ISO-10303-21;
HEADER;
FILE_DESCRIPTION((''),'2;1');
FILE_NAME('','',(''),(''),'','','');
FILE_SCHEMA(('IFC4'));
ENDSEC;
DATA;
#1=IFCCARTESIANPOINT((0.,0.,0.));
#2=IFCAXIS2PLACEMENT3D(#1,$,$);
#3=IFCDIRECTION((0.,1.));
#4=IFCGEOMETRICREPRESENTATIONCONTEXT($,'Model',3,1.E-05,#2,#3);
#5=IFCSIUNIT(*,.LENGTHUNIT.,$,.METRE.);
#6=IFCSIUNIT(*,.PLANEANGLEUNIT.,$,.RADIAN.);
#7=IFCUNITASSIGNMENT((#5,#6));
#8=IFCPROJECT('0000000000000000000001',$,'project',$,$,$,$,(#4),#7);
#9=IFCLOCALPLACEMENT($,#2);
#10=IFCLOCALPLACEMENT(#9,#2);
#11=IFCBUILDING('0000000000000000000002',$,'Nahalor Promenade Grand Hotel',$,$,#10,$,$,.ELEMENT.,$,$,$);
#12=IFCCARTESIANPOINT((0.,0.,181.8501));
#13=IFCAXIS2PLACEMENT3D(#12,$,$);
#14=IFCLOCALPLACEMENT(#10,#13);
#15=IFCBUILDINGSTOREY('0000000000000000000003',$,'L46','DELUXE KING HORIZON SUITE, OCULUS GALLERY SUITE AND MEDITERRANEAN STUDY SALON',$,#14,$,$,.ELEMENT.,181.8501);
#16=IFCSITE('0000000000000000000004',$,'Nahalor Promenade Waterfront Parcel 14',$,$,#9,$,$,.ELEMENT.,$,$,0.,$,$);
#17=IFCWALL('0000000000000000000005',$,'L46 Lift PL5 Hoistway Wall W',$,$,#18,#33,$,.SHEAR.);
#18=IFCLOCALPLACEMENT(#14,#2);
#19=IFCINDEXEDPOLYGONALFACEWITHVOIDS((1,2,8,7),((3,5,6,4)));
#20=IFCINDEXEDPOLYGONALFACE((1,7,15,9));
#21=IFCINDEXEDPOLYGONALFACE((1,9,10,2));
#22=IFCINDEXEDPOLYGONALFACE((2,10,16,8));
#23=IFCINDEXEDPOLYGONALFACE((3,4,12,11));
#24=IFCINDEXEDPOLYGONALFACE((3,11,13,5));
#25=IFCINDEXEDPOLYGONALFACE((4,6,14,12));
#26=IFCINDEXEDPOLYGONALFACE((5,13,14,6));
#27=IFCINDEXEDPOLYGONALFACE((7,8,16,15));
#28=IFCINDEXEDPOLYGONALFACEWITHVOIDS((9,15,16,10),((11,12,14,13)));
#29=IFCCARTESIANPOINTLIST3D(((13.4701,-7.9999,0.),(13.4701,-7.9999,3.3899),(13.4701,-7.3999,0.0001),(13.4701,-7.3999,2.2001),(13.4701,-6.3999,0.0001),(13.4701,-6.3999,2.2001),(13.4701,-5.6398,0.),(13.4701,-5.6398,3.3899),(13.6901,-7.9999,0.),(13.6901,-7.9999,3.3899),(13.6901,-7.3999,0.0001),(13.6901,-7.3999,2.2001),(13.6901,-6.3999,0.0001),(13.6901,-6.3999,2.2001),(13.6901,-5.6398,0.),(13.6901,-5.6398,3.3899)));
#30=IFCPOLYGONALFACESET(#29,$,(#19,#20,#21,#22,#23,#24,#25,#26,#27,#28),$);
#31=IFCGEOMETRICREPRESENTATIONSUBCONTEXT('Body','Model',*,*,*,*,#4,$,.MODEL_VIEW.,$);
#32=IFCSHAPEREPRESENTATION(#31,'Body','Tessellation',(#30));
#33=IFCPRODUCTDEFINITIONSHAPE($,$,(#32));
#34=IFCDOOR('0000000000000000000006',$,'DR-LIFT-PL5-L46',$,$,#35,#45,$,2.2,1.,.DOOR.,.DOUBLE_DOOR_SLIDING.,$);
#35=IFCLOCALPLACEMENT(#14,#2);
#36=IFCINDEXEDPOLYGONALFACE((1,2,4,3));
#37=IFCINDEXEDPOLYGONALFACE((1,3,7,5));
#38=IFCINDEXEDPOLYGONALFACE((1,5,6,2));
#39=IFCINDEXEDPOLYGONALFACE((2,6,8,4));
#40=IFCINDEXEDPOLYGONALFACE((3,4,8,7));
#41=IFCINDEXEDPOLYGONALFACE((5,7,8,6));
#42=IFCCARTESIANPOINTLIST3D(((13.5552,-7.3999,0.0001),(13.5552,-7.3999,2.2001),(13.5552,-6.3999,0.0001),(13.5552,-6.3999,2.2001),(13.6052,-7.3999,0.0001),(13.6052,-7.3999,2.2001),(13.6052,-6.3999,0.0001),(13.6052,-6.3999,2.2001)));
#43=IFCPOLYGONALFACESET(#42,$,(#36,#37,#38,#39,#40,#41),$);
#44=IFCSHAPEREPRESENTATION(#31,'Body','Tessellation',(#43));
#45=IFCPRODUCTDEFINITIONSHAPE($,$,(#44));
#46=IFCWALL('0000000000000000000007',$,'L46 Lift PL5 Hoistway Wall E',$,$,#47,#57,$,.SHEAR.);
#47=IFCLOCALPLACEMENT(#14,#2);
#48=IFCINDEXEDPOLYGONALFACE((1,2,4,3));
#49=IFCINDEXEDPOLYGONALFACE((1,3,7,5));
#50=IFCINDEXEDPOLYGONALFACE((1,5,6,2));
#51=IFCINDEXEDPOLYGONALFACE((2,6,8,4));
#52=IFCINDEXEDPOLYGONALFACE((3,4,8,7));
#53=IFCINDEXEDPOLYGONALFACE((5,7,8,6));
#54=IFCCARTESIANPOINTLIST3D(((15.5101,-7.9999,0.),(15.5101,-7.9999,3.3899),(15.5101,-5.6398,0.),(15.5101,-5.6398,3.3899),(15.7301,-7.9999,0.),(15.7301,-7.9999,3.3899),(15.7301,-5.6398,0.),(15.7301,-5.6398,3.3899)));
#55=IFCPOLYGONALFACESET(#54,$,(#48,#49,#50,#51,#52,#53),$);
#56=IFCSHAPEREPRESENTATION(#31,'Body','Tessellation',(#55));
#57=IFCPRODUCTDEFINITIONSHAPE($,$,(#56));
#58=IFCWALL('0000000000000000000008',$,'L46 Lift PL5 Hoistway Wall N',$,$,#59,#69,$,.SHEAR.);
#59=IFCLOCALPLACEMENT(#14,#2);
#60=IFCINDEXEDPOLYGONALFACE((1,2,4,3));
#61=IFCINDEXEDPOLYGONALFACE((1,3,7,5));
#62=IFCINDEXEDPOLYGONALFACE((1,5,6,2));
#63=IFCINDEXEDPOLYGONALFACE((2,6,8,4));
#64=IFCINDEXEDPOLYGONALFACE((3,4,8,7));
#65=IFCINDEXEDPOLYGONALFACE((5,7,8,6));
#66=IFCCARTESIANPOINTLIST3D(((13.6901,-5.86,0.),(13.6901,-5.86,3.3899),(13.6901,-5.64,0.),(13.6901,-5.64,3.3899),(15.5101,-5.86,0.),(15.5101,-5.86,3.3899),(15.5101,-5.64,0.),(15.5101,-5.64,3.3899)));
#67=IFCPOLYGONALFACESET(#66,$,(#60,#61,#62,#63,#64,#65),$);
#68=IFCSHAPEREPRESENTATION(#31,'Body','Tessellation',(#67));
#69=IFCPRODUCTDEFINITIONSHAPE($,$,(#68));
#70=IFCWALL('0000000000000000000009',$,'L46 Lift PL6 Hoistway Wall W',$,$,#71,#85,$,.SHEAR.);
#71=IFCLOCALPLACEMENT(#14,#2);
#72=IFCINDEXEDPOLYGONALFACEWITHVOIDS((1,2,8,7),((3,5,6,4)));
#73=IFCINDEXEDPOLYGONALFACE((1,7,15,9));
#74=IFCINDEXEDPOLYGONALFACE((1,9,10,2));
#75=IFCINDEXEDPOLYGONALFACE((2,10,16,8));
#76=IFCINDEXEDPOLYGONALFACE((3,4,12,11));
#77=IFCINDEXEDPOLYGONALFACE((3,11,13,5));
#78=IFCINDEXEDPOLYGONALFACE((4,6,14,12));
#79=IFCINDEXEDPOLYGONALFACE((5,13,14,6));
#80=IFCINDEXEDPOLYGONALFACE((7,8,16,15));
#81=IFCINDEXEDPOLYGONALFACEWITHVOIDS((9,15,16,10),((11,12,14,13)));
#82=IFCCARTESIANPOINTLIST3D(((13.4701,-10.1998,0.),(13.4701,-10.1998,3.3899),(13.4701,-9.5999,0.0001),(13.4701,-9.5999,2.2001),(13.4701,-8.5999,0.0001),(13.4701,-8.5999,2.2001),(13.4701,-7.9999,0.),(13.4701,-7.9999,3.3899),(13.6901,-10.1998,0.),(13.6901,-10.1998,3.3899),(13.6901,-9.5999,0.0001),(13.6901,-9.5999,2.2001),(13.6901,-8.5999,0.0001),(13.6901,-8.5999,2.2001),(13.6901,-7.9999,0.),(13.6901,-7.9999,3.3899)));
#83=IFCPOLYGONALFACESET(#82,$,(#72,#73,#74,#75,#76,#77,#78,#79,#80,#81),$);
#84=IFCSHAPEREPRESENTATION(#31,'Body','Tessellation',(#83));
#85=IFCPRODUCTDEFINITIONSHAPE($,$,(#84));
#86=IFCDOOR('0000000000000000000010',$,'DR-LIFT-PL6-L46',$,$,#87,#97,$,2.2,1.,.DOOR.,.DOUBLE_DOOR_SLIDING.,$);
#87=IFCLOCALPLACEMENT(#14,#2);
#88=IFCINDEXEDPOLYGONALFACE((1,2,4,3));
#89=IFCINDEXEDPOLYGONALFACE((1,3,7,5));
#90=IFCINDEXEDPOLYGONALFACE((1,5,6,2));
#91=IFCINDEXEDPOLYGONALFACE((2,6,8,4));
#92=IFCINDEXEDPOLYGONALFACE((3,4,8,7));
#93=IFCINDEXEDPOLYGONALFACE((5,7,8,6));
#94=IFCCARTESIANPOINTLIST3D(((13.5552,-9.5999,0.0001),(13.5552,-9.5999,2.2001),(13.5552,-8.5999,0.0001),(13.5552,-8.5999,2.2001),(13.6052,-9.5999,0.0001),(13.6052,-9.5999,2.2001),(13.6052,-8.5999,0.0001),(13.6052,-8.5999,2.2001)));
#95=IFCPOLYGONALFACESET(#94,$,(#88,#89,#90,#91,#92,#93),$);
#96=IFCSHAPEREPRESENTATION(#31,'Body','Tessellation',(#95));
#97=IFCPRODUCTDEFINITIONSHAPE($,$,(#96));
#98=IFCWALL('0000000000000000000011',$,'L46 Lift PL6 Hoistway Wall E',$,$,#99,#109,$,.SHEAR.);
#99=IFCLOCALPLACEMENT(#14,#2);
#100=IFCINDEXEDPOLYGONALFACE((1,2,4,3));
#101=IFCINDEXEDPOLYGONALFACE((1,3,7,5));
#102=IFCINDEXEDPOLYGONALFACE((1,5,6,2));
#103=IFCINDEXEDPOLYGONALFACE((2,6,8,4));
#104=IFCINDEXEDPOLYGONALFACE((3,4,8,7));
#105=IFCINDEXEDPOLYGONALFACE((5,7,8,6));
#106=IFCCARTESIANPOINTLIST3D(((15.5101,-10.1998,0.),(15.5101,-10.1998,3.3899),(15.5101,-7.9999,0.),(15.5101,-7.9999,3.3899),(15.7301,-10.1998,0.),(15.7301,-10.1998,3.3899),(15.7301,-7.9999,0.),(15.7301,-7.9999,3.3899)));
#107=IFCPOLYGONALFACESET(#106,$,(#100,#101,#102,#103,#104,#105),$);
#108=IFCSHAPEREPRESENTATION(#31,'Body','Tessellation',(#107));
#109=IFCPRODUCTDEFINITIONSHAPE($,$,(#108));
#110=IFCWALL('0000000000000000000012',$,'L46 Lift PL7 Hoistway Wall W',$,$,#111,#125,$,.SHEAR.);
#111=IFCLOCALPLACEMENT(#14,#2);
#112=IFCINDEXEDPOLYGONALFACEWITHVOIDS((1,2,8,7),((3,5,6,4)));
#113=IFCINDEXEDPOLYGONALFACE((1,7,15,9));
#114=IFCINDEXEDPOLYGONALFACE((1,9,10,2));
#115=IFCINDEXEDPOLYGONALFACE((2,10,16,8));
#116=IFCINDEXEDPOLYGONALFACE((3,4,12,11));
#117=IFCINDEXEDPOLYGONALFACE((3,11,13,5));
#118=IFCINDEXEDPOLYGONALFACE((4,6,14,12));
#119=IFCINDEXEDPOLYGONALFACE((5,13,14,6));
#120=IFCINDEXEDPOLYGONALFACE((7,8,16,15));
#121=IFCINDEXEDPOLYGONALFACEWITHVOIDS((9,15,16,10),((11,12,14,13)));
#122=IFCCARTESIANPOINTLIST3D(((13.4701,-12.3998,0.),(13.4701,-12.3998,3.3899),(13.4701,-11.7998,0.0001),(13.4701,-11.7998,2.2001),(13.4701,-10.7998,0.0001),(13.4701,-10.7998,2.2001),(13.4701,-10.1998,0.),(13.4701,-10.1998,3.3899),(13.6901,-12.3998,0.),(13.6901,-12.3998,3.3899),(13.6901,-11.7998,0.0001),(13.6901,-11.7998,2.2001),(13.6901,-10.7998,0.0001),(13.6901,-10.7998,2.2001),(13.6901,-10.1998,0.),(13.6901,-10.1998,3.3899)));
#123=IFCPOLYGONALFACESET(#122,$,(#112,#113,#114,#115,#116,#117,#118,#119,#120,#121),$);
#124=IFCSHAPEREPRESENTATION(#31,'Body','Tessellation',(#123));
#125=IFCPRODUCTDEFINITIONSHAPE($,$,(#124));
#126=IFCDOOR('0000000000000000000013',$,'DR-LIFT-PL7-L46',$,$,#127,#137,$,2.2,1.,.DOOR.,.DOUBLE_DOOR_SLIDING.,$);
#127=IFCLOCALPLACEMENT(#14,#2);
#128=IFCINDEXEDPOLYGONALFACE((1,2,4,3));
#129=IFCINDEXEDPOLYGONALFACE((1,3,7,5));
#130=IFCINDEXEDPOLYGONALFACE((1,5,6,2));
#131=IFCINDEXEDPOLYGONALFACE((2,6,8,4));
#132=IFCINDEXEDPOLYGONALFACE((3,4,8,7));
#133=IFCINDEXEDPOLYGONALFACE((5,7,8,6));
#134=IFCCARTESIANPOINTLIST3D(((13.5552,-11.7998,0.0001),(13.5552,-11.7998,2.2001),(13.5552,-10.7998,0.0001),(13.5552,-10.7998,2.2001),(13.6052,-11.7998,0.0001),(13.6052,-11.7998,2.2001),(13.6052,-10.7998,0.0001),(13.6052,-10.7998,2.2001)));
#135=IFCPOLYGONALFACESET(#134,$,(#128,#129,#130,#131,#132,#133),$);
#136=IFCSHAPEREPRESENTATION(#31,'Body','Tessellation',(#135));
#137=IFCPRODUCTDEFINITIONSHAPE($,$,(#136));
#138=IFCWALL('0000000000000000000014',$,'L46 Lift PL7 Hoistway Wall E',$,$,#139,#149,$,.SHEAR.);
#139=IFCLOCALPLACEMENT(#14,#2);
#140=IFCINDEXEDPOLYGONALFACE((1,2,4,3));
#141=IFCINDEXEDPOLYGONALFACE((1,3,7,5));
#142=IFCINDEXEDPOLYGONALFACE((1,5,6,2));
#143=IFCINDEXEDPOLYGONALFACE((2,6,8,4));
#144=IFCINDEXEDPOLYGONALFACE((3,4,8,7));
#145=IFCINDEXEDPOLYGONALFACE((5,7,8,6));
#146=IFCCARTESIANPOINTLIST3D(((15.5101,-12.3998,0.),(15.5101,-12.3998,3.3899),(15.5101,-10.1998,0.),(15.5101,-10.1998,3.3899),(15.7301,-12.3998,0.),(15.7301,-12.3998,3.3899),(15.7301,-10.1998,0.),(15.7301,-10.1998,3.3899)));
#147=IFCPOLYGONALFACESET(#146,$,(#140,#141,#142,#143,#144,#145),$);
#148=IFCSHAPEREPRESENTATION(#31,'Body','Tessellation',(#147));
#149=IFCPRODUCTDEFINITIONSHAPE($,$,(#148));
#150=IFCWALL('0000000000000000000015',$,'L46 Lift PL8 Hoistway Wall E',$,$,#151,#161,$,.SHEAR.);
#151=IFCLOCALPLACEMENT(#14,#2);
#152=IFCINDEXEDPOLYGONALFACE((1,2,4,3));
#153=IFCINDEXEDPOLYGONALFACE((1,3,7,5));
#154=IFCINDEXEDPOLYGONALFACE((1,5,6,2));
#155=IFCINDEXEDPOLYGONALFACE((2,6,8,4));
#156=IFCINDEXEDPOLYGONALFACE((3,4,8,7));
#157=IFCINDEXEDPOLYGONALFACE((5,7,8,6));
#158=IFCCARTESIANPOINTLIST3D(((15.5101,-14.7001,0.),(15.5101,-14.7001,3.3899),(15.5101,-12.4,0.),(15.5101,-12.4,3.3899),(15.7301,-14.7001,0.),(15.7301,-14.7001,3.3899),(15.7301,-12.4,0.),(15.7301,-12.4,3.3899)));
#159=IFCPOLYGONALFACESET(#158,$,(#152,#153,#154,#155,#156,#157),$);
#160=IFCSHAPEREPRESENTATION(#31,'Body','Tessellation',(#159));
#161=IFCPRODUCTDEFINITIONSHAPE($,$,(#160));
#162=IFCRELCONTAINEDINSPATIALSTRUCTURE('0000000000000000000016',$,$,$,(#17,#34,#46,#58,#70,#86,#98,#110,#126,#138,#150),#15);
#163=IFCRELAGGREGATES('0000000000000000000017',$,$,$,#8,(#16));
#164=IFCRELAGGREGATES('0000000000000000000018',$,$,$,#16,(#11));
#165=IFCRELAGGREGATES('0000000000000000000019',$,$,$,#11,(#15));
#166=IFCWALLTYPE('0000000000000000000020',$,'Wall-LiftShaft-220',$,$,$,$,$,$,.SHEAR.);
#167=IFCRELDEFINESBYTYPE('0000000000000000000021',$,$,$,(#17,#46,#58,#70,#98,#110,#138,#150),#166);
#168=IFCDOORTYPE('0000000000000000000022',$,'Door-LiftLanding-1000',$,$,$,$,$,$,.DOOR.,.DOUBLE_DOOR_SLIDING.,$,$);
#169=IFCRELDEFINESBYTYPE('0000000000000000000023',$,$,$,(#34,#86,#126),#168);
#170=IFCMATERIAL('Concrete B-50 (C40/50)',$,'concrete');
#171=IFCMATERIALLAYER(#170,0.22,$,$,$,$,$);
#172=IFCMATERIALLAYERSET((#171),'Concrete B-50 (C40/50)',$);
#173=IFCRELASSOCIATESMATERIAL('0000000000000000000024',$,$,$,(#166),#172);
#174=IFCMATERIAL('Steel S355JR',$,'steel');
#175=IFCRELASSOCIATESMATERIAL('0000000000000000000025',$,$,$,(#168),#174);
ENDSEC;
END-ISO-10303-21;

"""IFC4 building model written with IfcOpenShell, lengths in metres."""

from ifc_helpers import new_model, si_unit, direction, frame, frame_2d, origin, place, context, subcontext, project, spatial, rectangle, extrude, source, transform, mapped, material, layer, layer_set, type_object, element, fill, save


model = new_model("IFC4")

# Units and contexts
model_context = context("Model", 3, precision=1e-05, world=origin(), true_north=direction((0.0, 1.0)))
body_context = subcontext(model_context, "Body", "Model", "MODEL_VIEW")
ifc_project = project(units=[si_unit("LENGTHUNIT", "METRE"), si_unit("PLANEANGLEUNIT", "RADIAN")], contexts=[model_context])

# Site, building, storey
site_placement = place(None, origin())
site = spatial("IfcSite", under=ifc_project, at=site_placement, Name="Nahalor Promenade Waterfront Parcel 14", CompositionType="ELEMENT", RefElevation=0.0)
building_placement = place(site_placement, origin())
building = spatial("IfcBuilding", under=site, at=building_placement, Name="Nahalor Promenade Grand Hotel", CompositionType="ELEMENT")
storey_placement = place(building_placement, frame((0.0, 0.0, 181.8501)))
storey = spatial("IfcBuildingStorey", under=building, at=storey_placement, Name="L46", Description="DELUXE KING HORIZON SUITE, OCULUS GALLERY SUITE AND MEDITERRANEAN STUDY SALON", CompositionType="ELEMENT", Elevation=181.8501)

# Shared definitions
ifc_material_1 = material(Name="Steel S355JR", Category="steel")

# Shared definitions
ifc_material_2 = material(Name="Concrete B-50 (C40/50)", Category="concrete")
ifc_layer_1 = layer(ifc_material_2, 0.22)
ifc_layer_set_1 = layer_set([ifc_layer_1], Name="Concrete B-50 (C40/50)")
wall_type_1 = type_object("IfcWallType", Name="Wall-LiftShaft-220", PredefinedType="SHEAR", material=ifc_layer_set_1)

# Wall, opening, door
shared_shape_1 = source(origin(), body_context, "Body", "SweptSolid", [
    extrude(rectangle(XDim=2.3601, YDim=0.22, at=frame_2d((1.1802, 0.0))), origin(), (0.0, 0.0, 1.0), 3.3899),
])
wall_1_placement = place(storey_placement, frame((13.5801, -8.0, 0.0), z_axis=(0.0, 0.0, 1.0), x_axis=(0.0, 1.0, 0.0)))
wall_1 = element("IfcWall", 1, at=wall_1_placement, inside=storey, type_object=wall_type_1, Name="L46 Lift PL5 Hoistway Wall W", PredefinedType="SHEAR", context=body_context, shape_type="MappedRepresentation", body=[
    mapped(shared_shape_1, transform((0.0, 0.0, 0.0), scale=1.0)),
])
opening_1_placement = place(wall_1_placement, frame((0.6001, 0.0, 0.0)))
opening_1 = element("IfcOpeningElement", 2, at=opening_1_placement, cuts=wall_1, PredefinedType="OPENING", context=body_context, shape_type="SweptSolid", body=[
    extrude(rectangle(XDim=1.0, YDim=2.2, at=frame_2d((0.5, 1.1001))), frame((0.0, 0.1199, 0.0), z_axis=(0.0, -1.0, 0.0), x_axis=(1.0, 0.0, 0.0)), (0.0, 0.0, 1.0), 0.24),
])
door_type_1 = type_object("IfcDoorType", Name="Door-LiftLanding-1000", OperationType="DOUBLE_DOOR_SLIDING", PredefinedType="DOOR", material=ifc_material_1)
shared_shape_2 = source(origin(), body_context, "Body", "SweptSolid", [
    extrude(rectangle(XDim=1.0, YDim=2.2, at=frame_2d((0.5, 1.1001))), frame((0.0, 0.0249, 0.0), z_axis=(0.0, -1.0, 0.0), x_axis=(1.0, 0.0, 0.0)), (0.0, 0.0, 1.0), 0.05),
])
door_1_placement = place(opening_1_placement, origin())
door_1 = element("IfcDoor", 3, at=door_1_placement, inside=storey, type_object=door_type_1, Name="DR-LIFT-PL5-L46", OperationType="DOUBLE_DOOR_SLIDING", OverallHeight=2.2, OverallWidth=1.0, PredefinedType="DOOR", context=body_context, shape_type="MappedRepresentation", body=[
    mapped(shared_shape_2, transform((0.0, 0.0, 0.0), scale=1.0)),
])
fill(opening_1, door_1)

# Walls
wall_2_placement = place(storey_placement, frame((15.6201, -8.0, 0.0), z_axis=(0.0, 0.0, 1.0), x_axis=(0.0, 1.0, 0.0)))
element("IfcWall", 4, at=wall_2_placement, inside=storey, type_object=wall_type_1, Name="L46 Lift PL5 Hoistway Wall E", PredefinedType="SHEAR", context=body_context, shape_type="MappedRepresentation", body=[
    mapped(shared_shape_1, transform((0.0, 0.0, 0.0), scale=1.0)),
])
shared_shape_3 = source(origin(), body_context, "Body", "SweptSolid", [
    extrude(rectangle(XDim=1.8201, YDim=0.22, at=frame_2d((0.9102, 0.0))), origin(), (0.0, 0.0, 1.0), 3.3899),
])
wall_3_placement = place(storey_placement, frame((13.6899, -5.75, 0.0), z_axis=(0.0, 0.0, 1.0), x_axis=(1.0, 0.0, 0.0)))
element("IfcWall", 5, at=wall_3_placement, inside=storey, type_object=wall_type_1, Name="L46 Lift PL5 Hoistway Wall N", PredefinedType="SHEAR", context=body_context, shape_type="MappedRepresentation", body=[
    mapped(shared_shape_3, transform((0.0, 0.0, 0.0), scale=1.0)),
])

# Wall, opening, door
shared_shape_4 = source(origin(), body_context, "Body", "SweptSolid", [
    extrude(rectangle(XDim=2.2, YDim=0.22, at=frame_2d((1.1001, 0.0))), origin(), (0.0, 0.0, 1.0), 3.3899),
])
wall_4_placement = place(storey_placement, frame((13.5801, -10.2, 0.0), z_axis=(0.0, 0.0, 1.0), x_axis=(0.0, 1.0, 0.0)))
wall_4 = element("IfcWall", 6, at=wall_4_placement, inside=storey, type_object=wall_type_1, Name="L46 Lift PL6 Hoistway Wall W", PredefinedType="SHEAR", context=body_context, shape_type="MappedRepresentation", body=[
    mapped(shared_shape_4, transform((0.0, 0.0, 0.0), scale=1.0)),
])
opening_2_placement = place(wall_4_placement, frame((0.6001, 0.0, 0.0)))
opening_2 = element("IfcOpeningElement", 7, at=opening_2_placement, cuts=wall_4, PredefinedType="OPENING", context=body_context, shape_type="SweptSolid", body=[
    extrude(rectangle(XDim=1.0, YDim=2.2, at=frame_2d((0.5, 1.1001))), frame((0.0, 0.1199, 0.0), z_axis=(0.0, -1.0, 0.0), x_axis=(1.0, 0.0, 0.0)), (0.0, 0.0, 1.0), 0.24),
])
door_2_placement = place(opening_2_placement, origin())
door_2 = element("IfcDoor", 8, at=door_2_placement, inside=storey, type_object=door_type_1, Name="DR-LIFT-PL6-L46", OperationType="DOUBLE_DOOR_SLIDING", OverallHeight=2.2, OverallWidth=1.0, PredefinedType="DOOR", context=body_context, shape_type="MappedRepresentation", body=[
    mapped(shared_shape_2, transform((0.0, 0.0, 0.0), scale=1.0)),
])
fill(opening_2, door_2)

# Wall
wall_5_placement = place(storey_placement, frame((15.6201, -10.2, 0.0), z_axis=(0.0, 0.0, 1.0), x_axis=(0.0, 1.0, 0.0)))
element("IfcWall", 9, at=wall_5_placement, inside=storey, type_object=wall_type_1, Name="L46 Lift PL6 Hoistway Wall E", PredefinedType="SHEAR", context=body_context, shape_type="MappedRepresentation", body=[
    mapped(shared_shape_4, transform((0.0, 0.0, 0.0), scale=1.0)),
])

# Wall, opening, door
wall_6_placement = place(storey_placement, frame((13.5801, -12.3999, 0.0), z_axis=(0.0, 0.0, 1.0), x_axis=(0.0, 1.0, 0.0)))
wall_6 = element("IfcWall", 10, at=wall_6_placement, inside=storey, type_object=wall_type_1, Name="L46 Lift PL7 Hoistway Wall W", PredefinedType="SHEAR", context=body_context, shape_type="MappedRepresentation", body=[
    mapped(shared_shape_4, transform((0.0, 0.0, 0.0), scale=1.0)),
])
opening_3_placement = place(wall_6_placement, frame((0.6001, 0.0, 0.0)))
opening_3 = element("IfcOpeningElement", 11, at=opening_3_placement, cuts=wall_6, PredefinedType="OPENING", context=body_context, shape_type="SweptSolid", body=[
    extrude(rectangle(XDim=1.0, YDim=2.2, at=frame_2d((0.5, 1.1001))), frame((0.0, 0.1199, 0.0), z_axis=(0.0, -1.0, 0.0), x_axis=(1.0, 0.0, 0.0)), (0.0, 0.0, 1.0), 0.24),
])
door_3_placement = place(opening_3_placement, origin())
door_3 = element("IfcDoor", 12, at=door_3_placement, inside=storey, type_object=door_type_1, Name="DR-LIFT-PL7-L46", OperationType="DOUBLE_DOOR_SLIDING", OverallHeight=2.2, OverallWidth=1.0, PredefinedType="DOOR", context=body_context, shape_type="MappedRepresentation", body=[
    mapped(shared_shape_2, transform((0.0, 0.0, 0.0), scale=1.0)),
])
fill(opening_3, door_3)

# Walls
wall_7_placement = place(storey_placement, frame((15.6201, -12.3999, 0.0), z_axis=(0.0, 0.0, 1.0), x_axis=(0.0, 1.0, 0.0)))
element("IfcWall", 13, at=wall_7_placement, inside=storey, type_object=wall_type_1, Name="L46 Lift PL7 Hoistway Wall E", PredefinedType="SHEAR", context=body_context, shape_type="MappedRepresentation", body=[
    mapped(shared_shape_4, transform((0.0, 0.0, 0.0), scale=1.0)),
])
shared_shape_5 = source(origin(), body_context, "Body", "SweptSolid", [
    extrude(rectangle(XDim=2.3, YDim=0.22, at=frame_2d((1.1499, 0.0))), origin(), (0.0, 0.0, 1.0), 3.3899),
])
wall_8_placement = place(storey_placement, frame((15.6201, -14.7, 0.0), z_axis=(0.0, 0.0, 1.0), x_axis=(0.0, 1.0, 0.0)))
element("IfcWall", 14, at=wall_8_placement, inside=storey, type_object=wall_type_1, Name="L46 Lift PL8 Hoistway Wall E", PredefinedType="SHEAR", context=body_context, shape_type="MappedRepresentation", body=[
    mapped(shared_shape_5, transform((0.0, 0.0, 0.0), scale=1.0)),
])

save(model, "model.ifc")
